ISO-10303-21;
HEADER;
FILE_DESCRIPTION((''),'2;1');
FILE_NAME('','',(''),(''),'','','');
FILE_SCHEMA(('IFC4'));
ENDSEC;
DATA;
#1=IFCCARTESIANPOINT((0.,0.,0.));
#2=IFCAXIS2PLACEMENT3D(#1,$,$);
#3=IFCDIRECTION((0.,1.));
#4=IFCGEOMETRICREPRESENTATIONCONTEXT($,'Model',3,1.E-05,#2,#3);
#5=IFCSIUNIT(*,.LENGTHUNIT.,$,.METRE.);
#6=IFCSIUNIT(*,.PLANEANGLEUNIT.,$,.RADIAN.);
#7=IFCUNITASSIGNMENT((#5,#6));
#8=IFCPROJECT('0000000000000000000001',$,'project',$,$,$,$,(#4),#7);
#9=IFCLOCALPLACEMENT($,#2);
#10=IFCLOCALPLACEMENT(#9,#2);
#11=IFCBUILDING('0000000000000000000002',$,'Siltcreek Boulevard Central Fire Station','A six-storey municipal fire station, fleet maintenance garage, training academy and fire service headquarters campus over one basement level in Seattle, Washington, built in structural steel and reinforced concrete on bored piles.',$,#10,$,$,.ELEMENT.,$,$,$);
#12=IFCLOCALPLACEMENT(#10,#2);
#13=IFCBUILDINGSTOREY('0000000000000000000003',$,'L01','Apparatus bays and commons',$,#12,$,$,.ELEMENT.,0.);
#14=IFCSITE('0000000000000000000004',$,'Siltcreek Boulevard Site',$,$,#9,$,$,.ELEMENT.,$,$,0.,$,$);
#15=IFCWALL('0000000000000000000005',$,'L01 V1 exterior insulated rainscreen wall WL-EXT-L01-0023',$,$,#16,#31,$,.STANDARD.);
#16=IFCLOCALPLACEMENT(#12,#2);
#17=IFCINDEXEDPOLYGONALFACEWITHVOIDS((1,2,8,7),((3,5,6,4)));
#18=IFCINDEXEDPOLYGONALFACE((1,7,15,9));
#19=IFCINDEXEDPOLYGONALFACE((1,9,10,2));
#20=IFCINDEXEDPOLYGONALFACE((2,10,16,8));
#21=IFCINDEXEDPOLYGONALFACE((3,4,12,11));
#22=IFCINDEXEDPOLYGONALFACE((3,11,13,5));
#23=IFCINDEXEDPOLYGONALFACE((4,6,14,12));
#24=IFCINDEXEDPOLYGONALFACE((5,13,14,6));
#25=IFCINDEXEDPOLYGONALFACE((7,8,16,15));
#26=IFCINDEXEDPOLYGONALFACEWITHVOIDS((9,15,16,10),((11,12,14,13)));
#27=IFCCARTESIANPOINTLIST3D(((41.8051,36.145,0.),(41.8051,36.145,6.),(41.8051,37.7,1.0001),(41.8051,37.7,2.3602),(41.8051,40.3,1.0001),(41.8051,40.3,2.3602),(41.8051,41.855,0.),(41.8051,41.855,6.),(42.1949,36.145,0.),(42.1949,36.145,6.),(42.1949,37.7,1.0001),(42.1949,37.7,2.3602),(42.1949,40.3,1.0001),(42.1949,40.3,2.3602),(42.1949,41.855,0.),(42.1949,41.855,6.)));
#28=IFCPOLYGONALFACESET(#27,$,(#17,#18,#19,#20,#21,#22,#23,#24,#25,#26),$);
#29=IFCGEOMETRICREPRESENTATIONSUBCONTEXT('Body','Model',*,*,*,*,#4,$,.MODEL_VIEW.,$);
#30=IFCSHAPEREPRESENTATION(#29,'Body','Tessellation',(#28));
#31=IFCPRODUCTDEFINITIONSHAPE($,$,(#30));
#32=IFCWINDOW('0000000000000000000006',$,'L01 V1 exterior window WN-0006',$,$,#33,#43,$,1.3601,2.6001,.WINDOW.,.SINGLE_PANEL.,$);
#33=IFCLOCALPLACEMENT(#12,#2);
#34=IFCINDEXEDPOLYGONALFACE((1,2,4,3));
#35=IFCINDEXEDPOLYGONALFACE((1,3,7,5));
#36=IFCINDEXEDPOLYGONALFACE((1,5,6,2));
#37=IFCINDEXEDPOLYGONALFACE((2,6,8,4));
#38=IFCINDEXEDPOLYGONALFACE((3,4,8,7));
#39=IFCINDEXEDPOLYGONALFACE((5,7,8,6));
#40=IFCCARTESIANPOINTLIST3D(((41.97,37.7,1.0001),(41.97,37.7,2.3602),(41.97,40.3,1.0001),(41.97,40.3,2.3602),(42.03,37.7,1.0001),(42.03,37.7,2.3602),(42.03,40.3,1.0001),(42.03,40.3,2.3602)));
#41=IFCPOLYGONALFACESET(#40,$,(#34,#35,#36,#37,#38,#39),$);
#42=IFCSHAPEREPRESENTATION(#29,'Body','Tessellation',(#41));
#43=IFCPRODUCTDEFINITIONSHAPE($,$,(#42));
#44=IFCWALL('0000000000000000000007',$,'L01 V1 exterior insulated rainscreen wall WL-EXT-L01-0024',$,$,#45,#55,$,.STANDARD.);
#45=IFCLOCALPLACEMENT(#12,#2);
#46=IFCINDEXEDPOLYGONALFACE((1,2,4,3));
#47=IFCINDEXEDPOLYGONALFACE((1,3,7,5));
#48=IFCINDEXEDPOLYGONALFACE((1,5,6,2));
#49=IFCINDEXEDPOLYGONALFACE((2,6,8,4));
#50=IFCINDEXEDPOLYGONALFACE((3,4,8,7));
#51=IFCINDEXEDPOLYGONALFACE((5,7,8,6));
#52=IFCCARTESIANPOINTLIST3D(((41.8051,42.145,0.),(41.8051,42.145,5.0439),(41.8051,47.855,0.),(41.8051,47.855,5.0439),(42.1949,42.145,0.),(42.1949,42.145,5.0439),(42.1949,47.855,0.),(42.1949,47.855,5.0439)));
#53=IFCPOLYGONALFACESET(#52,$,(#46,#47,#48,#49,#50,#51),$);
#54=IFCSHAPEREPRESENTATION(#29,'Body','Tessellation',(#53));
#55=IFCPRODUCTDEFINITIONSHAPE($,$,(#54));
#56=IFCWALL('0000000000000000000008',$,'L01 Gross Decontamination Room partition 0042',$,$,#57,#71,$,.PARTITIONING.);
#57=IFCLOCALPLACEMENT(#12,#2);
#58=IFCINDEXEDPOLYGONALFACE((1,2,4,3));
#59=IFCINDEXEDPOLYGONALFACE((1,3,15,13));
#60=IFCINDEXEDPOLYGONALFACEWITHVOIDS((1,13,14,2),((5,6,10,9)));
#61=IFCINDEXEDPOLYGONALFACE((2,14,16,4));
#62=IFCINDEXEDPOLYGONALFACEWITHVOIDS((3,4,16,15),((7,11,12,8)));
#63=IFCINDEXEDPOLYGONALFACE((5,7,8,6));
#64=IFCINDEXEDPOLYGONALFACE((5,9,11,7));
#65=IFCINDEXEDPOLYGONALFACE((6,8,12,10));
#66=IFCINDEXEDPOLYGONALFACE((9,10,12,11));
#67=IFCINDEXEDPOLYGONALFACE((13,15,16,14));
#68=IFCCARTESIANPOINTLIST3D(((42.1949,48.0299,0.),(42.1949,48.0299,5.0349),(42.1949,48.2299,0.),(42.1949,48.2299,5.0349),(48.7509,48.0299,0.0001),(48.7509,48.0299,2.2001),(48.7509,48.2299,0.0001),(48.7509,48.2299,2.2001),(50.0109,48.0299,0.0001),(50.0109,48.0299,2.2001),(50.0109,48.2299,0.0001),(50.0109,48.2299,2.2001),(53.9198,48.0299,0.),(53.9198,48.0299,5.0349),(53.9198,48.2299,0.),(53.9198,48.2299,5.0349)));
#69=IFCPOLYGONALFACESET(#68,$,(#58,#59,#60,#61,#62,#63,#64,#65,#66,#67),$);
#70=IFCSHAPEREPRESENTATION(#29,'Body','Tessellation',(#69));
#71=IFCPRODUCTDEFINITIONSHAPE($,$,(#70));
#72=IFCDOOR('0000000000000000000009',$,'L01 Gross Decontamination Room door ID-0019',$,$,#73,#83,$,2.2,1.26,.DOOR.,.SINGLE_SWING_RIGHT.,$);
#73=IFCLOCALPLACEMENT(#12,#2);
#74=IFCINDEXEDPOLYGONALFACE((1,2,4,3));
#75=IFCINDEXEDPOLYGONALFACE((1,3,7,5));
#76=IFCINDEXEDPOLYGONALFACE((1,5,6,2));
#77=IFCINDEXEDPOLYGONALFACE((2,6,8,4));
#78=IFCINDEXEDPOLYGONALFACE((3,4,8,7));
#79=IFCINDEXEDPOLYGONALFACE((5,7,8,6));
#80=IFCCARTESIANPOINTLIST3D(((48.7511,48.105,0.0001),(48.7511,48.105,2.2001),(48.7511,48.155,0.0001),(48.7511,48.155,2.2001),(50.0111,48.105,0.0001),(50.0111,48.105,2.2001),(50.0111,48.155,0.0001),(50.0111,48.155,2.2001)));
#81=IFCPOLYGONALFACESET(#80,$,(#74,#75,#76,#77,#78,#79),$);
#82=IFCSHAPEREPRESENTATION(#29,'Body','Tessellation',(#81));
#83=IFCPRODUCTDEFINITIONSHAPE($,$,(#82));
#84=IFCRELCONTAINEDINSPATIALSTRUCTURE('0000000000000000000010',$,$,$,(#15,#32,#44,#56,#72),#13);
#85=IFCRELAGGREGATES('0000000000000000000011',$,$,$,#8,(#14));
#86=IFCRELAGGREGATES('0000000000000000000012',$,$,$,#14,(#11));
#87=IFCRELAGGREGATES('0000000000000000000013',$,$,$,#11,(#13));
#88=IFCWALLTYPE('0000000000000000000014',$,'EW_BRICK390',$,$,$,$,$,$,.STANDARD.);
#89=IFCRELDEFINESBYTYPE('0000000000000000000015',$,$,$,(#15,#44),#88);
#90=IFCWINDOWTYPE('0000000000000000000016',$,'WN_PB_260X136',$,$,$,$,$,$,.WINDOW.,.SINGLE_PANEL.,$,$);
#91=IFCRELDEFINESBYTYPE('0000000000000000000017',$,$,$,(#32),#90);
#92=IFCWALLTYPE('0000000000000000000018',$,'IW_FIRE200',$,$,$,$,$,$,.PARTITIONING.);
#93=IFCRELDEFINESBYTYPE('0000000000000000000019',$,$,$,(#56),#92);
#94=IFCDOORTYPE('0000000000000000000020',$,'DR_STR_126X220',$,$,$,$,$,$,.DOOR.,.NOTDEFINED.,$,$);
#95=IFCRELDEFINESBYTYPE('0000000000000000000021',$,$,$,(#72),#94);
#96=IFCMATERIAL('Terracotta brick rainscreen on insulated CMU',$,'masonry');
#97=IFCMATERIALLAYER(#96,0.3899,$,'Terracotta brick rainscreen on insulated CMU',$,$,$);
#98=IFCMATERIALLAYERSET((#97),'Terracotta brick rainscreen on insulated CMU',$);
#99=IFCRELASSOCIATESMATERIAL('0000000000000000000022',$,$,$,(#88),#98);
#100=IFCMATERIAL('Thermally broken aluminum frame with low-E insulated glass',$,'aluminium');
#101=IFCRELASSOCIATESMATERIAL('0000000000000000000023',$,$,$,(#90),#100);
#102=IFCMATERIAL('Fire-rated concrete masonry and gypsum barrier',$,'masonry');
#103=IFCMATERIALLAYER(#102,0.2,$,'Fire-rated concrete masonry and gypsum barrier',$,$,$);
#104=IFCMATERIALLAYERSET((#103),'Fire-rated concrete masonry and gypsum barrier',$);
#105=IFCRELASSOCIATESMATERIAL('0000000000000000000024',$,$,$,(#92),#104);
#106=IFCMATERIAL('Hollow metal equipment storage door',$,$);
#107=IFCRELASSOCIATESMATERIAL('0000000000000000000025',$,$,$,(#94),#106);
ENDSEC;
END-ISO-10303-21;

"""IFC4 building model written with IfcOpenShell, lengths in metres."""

from ifc_helpers import new_model, si_unit, direction, frame, frame_2d, origin, place, context, subcontext, project, spatial, rectangle, extrude, material, layer, layer_set, type_object, element, fill, save


model = new_model("IFC4")

# Units and contexts
model_context = context("Model", 3, precision=1e-05, world=origin(), true_north=direction((0.0, 1.0)))
body_context = subcontext(model_context, "Body", "Model", "MODEL_VIEW")
ifc_project = project(units=[si_unit("LENGTHUNIT", "METRE"), si_unit("PLANEANGLEUNIT", "RADIAN")], contexts=[model_context])

# Site, building, storey
site_placement = place(None, origin())
site = spatial("IfcSite", under=ifc_project, at=site_placement, Name="Siltcreek Boulevard Site", CompositionType="ELEMENT", RefElevation=0.0)
building_placement = place(site_placement, origin())
building = spatial("IfcBuilding", under=site, at=building_placement, Name="Siltcreek Boulevard Central Fire Station", Description="A six-storey municipal fire station, fleet maintenance garage, training academy and fire service headquarters campus over one basement level in Seattle, Washington, built in structural steel and reinforced concrete on bored piles.", CompositionType="ELEMENT")
storey_placement = place(building_placement, origin())
storey = spatial("IfcBuildingStorey", under=building, at=storey_placement, Name="L01", Description="Apparatus bays and commons", CompositionType="ELEMENT", Elevation=0.0)

# Wall, opening, window
ifc_material_1 = material(Name="Terracotta brick rainscreen on insulated CMU", Category="masonry")
ifc_layer_1 = layer(ifc_material_1, 0.3899, Name="Terracotta brick rainscreen on insulated CMU")
ifc_layer_set_1 = layer_set([ifc_layer_1], Name="Terracotta brick rainscreen on insulated CMU")
wall_type_1 = type_object("IfcWallType", Name="EW_BRICK390", PredefinedType="STANDARD", material=ifc_layer_set_1)
wall_1_placement = place(storey_placement, frame((42.0, 41.855, 0.0), z_axis=(0.0, 0.0, 1.0), x_axis=(0.0, -1.0, 0.0)))
wall_1 = element("IfcWall", 1, at=wall_1_placement, inside=storey, type_object=wall_type_1, Name="L01 V1 exterior insulated rainscreen wall WL-EXT-L01-0023", PredefinedType="STANDARD", context=body_context, shape_type="SweptSolid", body=[
    extrude(rectangle(XDim=5.71, YDim=0.3899, at=frame_2d((2.855, 0.0))), origin(), (0.0, 0.0, 1.0), 6.0),
])
opening_1_placement = place(wall_1_placement, frame((1.5549, 0.0, 1.0)))
opening_1 = element("IfcOpeningElement", 2, at=opening_1_placement, cuts=wall_1, PredefinedType="OPENING", context=body_context, shape_type="SweptSolid", body=[
    extrude(rectangle(XDim=2.6001, YDim=1.3601, at=frame_2d((1.3, 0.6802))), frame((0.0, 0.2048, 0.0), z_axis=(0.0, -1.0, 0.0), x_axis=(1.0, 0.0, 0.0)), (0.0, 0.0, 1.0), 0.4099),
])
ifc_material_2 = material(Name="Thermally broken aluminum frame with low-E insulated glass", Category="aluminium")
window_type = type_object("IfcWindowType", Name="WN_PB_260X136", PartitioningType="SINGLE_PANEL", PredefinedType="WINDOW", material=ifc_material_2)
window_placement = place(opening_1_placement, origin())
window = element("IfcWindow", 3, at=window_placement, inside=storey, type_object=window_type, Name="L01 V1 exterior window WN-0006", OverallHeight=1.3601, OverallWidth=2.6001, PartitioningType="SINGLE_PANEL", PredefinedType="WINDOW", context=body_context, shape_type="SweptSolid", body=[
    extrude(rectangle(XDim=2.6001, YDim=1.3601, at=frame_2d((1.3, 0.6802))), frame((0.0, 0.03, 0.0), z_axis=(0.0, -1.0, 0.0), x_axis=(1.0, 0.0, 0.0)), (0.0, 0.0, 1.0), 0.0601),
])
fill(opening_1, window)

# Wall
wall_2_placement = place(storey_placement, frame((42.0, 47.855, 0.0), z_axis=(0.0, 0.0, 1.0), x_axis=(0.0, -1.0, 0.0)))
element("IfcWall", 4, at=wall_2_placement, inside=storey, type_object=wall_type_1, Name="L01 V1 exterior insulated rainscreen wall WL-EXT-L01-0024", PredefinedType="STANDARD", context=body_context, shape_type="SweptSolid", body=[
    extrude(rectangle(XDim=5.71, YDim=0.3899, at=frame_2d((2.855, 0.0))), origin(), (0.0, 0.0, 1.0), 5.0439),
])

# Wall, opening, door
ifc_material_3 = material(Name="Fire-rated concrete masonry and gypsum barrier", Category="masonry")
ifc_layer_2 = layer(ifc_material_3, 0.2, Name="Fire-rated concrete masonry and gypsum barrier")
ifc_layer_set_2 = layer_set([ifc_layer_2], Name="Fire-rated concrete masonry and gypsum barrier")
wall_type_2 = type_object("IfcWallType", Name="IW_FIRE200", PredefinedType="PARTITIONING", material=ifc_layer_set_2)
wall_3_placement = place(storey_placement, frame((42.1951, 48.1299, 0.0), z_axis=(0.0, 0.0, 1.0), x_axis=(1.0, 0.0, 0.0)))
wall_3 = element("IfcWall", 5, at=wall_3_placement, inside=storey, type_object=wall_type_2, Name="L01 Gross Decontamination Room partition 0042", PredefinedType="PARTITIONING", context=body_context, shape_type="SweptSolid", body=[
    extrude(rectangle(XDim=11.7249, YDim=0.2, at=frame_2d((5.8623, 0.0))), origin(), (0.0, 0.0, 1.0), 5.0349),
])
opening_2_placement = place(wall_3_placement, frame((6.5559, 0.0, 0.0)))
opening_2 = element("IfcOpeningElement", 6, at=opening_2_placement, cuts=wall_3, PredefinedType="OPENING", context=body_context, shape_type="SweptSolid", body=[
    extrude(rectangle(XDim=1.26, YDim=2.2, at=frame_2d((0.6299, 1.1001))), frame((0.0, 0.1099, 0.0), z_axis=(0.0, -1.0, 0.0), x_axis=(1.0, 0.0, 0.0)), (0.0, 0.0, 1.0), 0.22),
])
ifc_material_4 = material(Name="Hollow metal equipment storage door")
door_type_1 = type_object("IfcDoorType", Name="DR_STR_126X220", OperationType="NOTDEFINED", PredefinedType="DOOR", material=ifc_material_4)
door_1_placement = place(opening_2_placement, frame((1.26, 0.0, 0.0), z_axis=(0.0, 0.0, 1.0), x_axis=(-1.0, 0.0, 0.0)))
door_1 = element("IfcDoor", 7, at=door_1_placement, inside=storey, type_object=door_type_1, Name="L01 Gross Decontamination Room door ID-0019", OperationType="SINGLE_SWING_RIGHT", OverallHeight=2.2, OverallWidth=1.26, PredefinedType="DOOR", context=body_context, shape_type="SweptSolid", body=[
    extrude(rectangle(XDim=1.26, YDim=2.2, at=frame_2d((0.6299, 1.1001))), frame((0.0, 0.0249, 0.0), z_axis=(0.0, -1.0, 0.0), x_axis=(1.0, 0.0, 0.0)), (0.0, 0.0, 1.0), 0.05),
])
fill(opening_2, door_1)

save(model, "model.ifc")
